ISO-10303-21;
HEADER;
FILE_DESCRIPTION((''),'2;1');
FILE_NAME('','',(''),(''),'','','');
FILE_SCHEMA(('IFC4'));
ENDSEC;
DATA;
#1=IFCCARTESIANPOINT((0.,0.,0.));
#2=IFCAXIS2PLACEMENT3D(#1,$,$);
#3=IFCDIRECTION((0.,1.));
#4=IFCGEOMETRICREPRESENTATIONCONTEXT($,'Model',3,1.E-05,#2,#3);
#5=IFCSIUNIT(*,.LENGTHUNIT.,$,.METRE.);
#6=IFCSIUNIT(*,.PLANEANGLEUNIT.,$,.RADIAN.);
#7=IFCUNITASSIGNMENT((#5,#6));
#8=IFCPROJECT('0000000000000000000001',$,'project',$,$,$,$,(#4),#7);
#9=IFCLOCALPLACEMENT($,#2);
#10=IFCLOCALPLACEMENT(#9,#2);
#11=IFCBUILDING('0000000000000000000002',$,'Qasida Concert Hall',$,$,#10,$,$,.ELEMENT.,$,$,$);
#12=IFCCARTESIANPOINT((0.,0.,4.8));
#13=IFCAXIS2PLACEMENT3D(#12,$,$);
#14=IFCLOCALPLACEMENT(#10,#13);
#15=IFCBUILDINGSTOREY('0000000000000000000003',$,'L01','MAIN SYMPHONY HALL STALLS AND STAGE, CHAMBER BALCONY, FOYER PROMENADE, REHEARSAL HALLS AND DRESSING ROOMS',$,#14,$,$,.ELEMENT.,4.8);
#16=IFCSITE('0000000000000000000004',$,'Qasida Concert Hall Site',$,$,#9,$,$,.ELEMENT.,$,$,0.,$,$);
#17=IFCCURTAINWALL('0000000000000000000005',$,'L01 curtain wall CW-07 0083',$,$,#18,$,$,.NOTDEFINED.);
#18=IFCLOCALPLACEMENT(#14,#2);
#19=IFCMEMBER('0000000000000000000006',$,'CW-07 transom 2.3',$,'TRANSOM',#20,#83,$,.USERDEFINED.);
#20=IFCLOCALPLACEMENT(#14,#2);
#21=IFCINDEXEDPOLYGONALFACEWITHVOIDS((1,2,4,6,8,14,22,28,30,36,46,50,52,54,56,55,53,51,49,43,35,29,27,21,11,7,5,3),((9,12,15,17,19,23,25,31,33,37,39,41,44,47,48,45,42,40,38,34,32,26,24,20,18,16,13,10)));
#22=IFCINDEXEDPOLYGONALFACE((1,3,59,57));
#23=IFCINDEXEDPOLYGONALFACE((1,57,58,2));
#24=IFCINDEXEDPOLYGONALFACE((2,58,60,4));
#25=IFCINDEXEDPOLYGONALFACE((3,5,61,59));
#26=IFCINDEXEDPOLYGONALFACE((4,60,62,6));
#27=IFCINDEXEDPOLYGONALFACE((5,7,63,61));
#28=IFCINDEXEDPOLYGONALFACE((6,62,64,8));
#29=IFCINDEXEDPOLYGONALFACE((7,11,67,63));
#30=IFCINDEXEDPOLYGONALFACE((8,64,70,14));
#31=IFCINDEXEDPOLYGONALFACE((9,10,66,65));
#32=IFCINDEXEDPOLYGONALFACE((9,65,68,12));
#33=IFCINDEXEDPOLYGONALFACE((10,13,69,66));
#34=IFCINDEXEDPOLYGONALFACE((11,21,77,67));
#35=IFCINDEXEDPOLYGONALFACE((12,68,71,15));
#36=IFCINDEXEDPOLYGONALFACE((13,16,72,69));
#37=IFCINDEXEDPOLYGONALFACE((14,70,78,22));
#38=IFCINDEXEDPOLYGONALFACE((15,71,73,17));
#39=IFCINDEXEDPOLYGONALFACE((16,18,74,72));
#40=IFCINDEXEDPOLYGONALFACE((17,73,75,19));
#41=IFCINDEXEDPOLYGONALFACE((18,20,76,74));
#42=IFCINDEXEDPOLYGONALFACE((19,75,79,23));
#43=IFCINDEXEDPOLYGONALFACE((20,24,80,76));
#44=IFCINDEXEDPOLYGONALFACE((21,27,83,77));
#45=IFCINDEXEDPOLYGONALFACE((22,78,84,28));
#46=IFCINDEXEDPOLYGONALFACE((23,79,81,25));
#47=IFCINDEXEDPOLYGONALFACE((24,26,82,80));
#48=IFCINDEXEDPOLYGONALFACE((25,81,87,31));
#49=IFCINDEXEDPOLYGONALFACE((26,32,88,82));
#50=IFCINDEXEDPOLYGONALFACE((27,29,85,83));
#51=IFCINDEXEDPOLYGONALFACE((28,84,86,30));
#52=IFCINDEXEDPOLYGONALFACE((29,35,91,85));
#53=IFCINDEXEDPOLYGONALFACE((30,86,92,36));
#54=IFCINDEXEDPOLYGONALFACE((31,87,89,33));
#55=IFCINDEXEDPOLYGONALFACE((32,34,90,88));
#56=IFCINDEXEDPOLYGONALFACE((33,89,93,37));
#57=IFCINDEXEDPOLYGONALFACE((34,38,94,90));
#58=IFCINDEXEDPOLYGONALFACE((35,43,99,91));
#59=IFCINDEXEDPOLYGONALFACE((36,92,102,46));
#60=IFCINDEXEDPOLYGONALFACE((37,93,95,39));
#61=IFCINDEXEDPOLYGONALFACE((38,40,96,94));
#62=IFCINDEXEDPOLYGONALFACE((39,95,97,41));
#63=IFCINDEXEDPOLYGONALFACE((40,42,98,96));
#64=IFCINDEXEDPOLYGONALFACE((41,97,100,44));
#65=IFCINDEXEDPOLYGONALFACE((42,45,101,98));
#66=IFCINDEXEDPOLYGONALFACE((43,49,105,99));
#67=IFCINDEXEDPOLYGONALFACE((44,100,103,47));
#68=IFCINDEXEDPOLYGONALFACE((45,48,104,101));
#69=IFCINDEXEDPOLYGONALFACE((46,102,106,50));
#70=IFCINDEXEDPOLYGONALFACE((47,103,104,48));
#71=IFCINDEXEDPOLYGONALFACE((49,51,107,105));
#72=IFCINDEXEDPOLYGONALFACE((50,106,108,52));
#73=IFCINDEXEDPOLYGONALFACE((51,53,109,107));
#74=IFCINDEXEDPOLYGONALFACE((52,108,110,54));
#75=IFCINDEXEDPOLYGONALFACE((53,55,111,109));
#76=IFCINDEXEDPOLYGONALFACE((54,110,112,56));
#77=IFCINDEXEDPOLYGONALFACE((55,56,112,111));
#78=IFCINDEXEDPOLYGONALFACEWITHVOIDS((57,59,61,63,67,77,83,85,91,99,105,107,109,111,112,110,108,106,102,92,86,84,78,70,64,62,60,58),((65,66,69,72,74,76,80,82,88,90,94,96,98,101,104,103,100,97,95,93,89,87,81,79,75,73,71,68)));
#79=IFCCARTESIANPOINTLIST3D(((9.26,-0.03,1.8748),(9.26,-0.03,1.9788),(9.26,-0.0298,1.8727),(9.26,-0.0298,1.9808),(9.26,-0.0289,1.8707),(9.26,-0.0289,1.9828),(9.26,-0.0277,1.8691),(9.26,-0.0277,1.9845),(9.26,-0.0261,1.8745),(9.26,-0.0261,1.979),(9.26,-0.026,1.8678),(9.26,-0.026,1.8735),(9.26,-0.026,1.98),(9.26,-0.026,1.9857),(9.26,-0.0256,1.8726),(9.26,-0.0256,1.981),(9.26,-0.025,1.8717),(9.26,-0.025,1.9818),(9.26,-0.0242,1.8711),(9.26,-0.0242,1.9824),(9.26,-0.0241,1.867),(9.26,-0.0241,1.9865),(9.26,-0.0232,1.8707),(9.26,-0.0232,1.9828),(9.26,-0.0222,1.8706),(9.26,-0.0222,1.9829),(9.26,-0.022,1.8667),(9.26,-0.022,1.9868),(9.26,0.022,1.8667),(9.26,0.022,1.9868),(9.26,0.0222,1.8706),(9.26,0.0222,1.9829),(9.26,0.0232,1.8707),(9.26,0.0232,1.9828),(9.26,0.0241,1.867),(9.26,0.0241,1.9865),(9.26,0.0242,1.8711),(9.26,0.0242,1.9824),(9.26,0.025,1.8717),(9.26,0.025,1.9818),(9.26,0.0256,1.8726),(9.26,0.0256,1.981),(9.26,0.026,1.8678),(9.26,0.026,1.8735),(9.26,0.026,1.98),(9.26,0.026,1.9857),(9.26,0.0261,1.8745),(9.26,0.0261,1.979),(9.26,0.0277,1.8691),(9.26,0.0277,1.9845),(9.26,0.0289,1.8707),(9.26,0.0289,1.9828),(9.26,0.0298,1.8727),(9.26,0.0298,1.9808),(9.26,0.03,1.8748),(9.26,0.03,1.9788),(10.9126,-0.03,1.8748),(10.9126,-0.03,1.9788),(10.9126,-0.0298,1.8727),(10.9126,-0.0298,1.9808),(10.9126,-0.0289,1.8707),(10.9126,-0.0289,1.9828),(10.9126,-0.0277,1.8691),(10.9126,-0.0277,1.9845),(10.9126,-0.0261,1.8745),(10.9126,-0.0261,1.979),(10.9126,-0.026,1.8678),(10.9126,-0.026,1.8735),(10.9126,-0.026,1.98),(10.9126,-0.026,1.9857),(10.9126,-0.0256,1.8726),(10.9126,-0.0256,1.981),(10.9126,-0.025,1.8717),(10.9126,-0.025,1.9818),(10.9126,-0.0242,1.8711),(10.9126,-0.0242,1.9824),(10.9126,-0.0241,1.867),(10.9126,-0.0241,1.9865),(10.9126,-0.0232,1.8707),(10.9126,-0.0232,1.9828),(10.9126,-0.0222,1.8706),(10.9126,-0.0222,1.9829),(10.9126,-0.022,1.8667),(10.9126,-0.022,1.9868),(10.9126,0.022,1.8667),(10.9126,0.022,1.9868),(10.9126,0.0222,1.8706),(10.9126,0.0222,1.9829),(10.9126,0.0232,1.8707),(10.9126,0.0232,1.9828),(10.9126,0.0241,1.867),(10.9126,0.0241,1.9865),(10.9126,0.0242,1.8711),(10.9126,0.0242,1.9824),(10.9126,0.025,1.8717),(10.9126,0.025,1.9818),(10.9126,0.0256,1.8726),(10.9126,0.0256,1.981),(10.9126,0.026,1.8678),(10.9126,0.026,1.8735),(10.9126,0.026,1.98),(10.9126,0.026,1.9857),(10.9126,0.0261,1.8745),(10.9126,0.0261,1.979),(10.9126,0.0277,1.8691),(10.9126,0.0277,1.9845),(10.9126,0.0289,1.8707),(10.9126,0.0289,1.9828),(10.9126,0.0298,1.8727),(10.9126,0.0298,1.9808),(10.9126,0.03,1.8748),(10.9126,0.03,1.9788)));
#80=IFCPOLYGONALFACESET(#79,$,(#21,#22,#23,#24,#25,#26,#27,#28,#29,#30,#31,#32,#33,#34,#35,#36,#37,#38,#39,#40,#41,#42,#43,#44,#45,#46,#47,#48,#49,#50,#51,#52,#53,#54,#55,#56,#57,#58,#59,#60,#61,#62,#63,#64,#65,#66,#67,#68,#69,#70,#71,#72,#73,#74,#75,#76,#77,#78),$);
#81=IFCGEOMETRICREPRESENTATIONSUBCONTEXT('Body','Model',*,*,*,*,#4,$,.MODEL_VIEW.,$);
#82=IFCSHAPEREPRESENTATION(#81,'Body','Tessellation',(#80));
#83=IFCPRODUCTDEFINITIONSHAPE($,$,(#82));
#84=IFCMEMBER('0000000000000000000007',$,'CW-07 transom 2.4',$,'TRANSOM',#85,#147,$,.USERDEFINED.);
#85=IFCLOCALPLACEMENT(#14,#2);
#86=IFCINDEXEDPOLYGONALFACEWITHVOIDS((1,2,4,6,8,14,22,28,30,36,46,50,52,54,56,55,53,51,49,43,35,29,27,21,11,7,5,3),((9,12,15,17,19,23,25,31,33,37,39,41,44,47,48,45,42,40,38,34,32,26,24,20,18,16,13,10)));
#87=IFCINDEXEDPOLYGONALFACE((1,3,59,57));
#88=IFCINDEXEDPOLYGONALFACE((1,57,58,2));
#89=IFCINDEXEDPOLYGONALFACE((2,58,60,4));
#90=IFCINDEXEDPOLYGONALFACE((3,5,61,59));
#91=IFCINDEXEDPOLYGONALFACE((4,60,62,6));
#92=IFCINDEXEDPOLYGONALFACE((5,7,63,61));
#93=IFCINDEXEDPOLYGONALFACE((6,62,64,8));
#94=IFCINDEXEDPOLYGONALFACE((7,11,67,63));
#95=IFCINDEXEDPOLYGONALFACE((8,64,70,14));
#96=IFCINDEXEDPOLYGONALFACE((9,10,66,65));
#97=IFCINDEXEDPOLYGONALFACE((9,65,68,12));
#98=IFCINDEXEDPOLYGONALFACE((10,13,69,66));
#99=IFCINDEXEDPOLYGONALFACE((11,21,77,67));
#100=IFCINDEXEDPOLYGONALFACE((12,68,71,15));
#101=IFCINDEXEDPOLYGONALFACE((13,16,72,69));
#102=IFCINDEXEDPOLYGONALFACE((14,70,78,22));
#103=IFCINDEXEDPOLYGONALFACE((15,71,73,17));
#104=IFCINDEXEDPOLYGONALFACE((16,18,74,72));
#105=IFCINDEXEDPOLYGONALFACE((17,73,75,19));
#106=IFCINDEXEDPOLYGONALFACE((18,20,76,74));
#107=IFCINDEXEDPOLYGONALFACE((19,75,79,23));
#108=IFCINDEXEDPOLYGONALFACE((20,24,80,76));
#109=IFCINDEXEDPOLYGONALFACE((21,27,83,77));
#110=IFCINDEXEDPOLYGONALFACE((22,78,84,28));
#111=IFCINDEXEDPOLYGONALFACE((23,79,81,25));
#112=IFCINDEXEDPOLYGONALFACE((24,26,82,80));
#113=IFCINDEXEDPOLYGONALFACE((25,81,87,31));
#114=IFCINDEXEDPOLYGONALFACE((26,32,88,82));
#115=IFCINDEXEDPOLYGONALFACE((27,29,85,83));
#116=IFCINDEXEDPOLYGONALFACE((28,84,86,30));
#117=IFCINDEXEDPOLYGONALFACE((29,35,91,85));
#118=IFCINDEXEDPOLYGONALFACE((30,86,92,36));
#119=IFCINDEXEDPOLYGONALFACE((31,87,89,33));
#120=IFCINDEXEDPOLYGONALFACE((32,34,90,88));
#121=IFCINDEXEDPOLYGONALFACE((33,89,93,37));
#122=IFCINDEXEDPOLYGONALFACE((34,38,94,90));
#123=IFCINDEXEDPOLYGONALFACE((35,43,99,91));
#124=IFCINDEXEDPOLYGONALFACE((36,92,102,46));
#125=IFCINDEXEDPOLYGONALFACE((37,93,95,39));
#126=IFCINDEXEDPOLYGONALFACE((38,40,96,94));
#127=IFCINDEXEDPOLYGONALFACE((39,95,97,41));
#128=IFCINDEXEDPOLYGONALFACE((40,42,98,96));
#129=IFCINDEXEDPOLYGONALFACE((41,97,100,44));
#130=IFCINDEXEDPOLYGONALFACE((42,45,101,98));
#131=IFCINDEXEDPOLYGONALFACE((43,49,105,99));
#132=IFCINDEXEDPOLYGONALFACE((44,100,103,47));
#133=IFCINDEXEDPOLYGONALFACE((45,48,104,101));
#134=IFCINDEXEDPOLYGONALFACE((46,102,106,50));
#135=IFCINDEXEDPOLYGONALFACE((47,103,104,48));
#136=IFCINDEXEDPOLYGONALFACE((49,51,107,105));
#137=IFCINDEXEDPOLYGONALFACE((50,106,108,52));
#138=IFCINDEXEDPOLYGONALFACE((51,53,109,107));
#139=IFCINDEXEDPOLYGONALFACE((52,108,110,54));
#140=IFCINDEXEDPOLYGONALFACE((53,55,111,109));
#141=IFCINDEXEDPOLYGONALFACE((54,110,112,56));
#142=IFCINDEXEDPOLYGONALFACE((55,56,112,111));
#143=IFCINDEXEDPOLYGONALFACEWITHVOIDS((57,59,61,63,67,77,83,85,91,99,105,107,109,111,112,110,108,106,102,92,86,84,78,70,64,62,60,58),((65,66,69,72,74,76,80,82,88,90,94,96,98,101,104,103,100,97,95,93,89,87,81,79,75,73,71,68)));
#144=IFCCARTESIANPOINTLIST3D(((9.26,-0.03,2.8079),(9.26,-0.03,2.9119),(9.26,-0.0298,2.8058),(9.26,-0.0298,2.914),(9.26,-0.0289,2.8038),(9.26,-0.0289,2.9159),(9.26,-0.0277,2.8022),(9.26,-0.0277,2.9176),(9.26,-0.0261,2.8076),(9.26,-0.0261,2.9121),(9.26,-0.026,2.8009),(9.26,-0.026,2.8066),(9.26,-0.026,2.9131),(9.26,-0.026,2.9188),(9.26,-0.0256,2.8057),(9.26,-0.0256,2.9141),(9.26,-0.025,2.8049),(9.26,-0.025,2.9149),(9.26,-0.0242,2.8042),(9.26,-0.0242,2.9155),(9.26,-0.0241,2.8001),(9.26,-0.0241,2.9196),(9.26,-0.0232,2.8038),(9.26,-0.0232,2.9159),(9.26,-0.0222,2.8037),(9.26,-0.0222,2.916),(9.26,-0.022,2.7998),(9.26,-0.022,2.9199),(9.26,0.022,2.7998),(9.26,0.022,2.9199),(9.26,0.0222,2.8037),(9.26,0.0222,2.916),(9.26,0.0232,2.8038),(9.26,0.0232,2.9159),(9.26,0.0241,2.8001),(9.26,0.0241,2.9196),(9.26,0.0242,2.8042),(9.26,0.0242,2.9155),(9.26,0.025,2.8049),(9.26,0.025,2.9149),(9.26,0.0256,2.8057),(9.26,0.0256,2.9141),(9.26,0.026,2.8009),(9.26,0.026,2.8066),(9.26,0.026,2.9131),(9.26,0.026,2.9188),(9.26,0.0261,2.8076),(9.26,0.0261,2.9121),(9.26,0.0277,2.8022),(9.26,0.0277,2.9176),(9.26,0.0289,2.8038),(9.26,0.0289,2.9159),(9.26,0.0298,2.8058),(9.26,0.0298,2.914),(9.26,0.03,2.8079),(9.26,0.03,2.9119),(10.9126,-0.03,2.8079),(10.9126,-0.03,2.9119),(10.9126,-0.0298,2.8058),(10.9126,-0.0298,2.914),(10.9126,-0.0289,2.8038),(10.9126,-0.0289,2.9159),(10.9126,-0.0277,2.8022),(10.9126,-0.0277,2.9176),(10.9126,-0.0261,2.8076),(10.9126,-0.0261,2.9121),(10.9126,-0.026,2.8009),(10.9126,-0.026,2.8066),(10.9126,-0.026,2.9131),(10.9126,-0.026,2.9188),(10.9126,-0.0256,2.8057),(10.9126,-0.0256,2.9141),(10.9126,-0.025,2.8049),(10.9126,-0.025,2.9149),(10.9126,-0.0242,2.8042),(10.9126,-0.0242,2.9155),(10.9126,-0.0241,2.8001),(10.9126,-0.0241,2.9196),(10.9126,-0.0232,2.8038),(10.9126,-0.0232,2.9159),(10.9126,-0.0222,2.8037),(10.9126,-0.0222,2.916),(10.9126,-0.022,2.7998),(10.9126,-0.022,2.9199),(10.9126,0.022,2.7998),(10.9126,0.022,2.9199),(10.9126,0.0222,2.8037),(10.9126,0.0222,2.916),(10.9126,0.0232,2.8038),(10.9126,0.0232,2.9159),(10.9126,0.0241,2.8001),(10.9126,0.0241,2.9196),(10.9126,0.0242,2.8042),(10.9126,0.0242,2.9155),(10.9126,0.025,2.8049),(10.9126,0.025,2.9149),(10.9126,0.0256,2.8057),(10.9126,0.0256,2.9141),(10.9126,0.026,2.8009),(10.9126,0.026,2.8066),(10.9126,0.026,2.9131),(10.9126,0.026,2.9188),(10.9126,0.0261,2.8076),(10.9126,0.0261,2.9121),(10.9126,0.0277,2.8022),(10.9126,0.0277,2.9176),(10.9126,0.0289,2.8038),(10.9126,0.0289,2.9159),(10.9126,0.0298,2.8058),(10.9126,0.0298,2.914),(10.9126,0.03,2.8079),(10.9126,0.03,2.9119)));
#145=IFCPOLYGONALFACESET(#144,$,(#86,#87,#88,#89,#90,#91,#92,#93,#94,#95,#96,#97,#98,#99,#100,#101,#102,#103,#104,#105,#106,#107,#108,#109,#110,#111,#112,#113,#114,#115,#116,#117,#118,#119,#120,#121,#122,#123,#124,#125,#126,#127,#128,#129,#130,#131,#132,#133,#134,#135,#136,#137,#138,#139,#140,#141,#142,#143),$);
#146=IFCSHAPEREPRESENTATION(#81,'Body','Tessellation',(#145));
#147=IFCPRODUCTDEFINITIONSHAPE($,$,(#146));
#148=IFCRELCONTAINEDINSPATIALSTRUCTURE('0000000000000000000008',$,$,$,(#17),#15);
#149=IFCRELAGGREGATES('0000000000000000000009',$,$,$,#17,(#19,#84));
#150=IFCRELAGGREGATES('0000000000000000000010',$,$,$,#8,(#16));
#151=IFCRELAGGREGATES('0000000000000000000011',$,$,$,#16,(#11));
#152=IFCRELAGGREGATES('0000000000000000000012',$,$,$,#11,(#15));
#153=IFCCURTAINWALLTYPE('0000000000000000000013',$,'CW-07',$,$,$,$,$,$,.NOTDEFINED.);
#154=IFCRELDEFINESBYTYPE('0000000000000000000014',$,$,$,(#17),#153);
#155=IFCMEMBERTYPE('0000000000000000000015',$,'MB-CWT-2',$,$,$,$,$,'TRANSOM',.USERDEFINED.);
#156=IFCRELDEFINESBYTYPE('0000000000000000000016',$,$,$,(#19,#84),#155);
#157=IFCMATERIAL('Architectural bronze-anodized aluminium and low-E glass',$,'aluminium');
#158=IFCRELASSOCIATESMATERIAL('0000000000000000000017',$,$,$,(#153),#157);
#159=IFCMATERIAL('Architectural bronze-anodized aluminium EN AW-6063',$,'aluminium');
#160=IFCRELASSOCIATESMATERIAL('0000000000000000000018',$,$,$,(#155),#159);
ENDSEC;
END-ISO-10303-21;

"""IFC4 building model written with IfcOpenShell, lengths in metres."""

from ifc_helpers import new_model, si_unit, direction, frame, origin, origin_2d, place, context, subcontext, project, spatial, hollow_rectangle, extrude, material, material_profile, profile_set, type_object, element, aggregate, save


model = new_model("IFC4")

# Units and contexts
model_context = context("Model", 3, precision=1e-05, world=origin(), true_north=direction((0.0, 1.0)))
body_context = subcontext(model_context, "Body", "Model", "MODEL_VIEW")
ifc_project = project(units=[si_unit("LENGTHUNIT", "METRE"), si_unit("PLANEANGLEUNIT", "RADIAN")], contexts=[model_context])

# Site, building, storey
site_placement = place(None, origin())
site = spatial("IfcSite", under=ifc_project, at=site_placement, Name="Qasida Concert Hall Site", CompositionType="ELEMENT", RefElevation=0.0)
building_placement = place(site_placement, origin())
building = spatial("IfcBuilding", under=site, at=building_placement, Name="Qasida Concert Hall", CompositionType="ELEMENT")
storey_placement = place(building_placement, frame((0.0, 0.0, 4.8)))
storey = spatial("IfcBuildingStorey", under=building, at=storey_placement, Name="L01", Description="MAIN SYMPHONY HALL STALLS AND STAGE, CHAMBER BALCONY, FOYER PROMENADE, REHEARSAL HALLS AND DRESSING ROOMS", CompositionType="ELEMENT", Elevation=4.8)

# Shared definitions
ifc_material_1 = material(Name="Architectural bronze-anodized aluminium and low-E glass", Category="aluminium")
curtain_wall_type = type_object("IfcCurtainWallType", Name="CW-07", PredefinedType="NOTDEFINED", material=ifc_material_1)
ifc_material_2 = material(Name="Architectural bronze-anodized aluminium EN AW-6063", Category="aluminium")

# Curtain wall, members
curtain_wall_1_placement = place(storey_placement, origin())
curtain_wall_1 = element("IfcCurtainWall", 1, at=curtain_wall_1_placement, inside=storey, type_object=curtain_wall_type, Name="L01 curtain wall CW-07 0083", PredefinedType="NOTDEFINED")
ifc_material_profile_1 = material_profile(ifc_material_2, hollow_rectangle(XDim=0.0601, YDim=0.1201, WallThickness=0.0039, InnerFilletRadius=0.0039, OuterFilletRadius=0.0081, at=origin_2d()), Name="CWT 120x60x4")
ifc_profile_set_1 = profile_set([ifc_material_profile_1], Name="Architectural bronze-anodized aluminium EN AW-6063")
member_type_1 = type_object("IfcMemberType", Name="MB-CWT-2", ElementType="TRANSOM", PredefinedType="USERDEFINED", material=ifc_profile_set_1)
member_1_placement = place(storey_placement, frame((9.26, 0.0, 1.9268), z_axis=(1.0, 0.0, 0.0), x_axis=(0.0, 1.0, 0.0)))
member_1 = element("IfcMember", 2, at=member_1_placement, type_object=member_type_1, Name="CW-07 transom 2.3", ObjectType="TRANSOM", PredefinedType="USERDEFINED", context=body_context, shape_type="SweptSolid", body=[
    extrude(hollow_rectangle(XDim=0.0601, YDim=0.1201, WallThickness=0.0039, InnerFilletRadius=0.0039, OuterFilletRadius=0.0081, at=origin_2d()), origin(), (0.0, 0.0, 1.0), 1.6526),
])
member_2_placement = place(storey_placement, frame((9.26, 0.0, 2.8599), z_axis=(1.0, 0.0, 0.0), x_axis=(0.0, 1.0, 0.0)))
member_2 = element("IfcMember", 3, at=member_2_placement, type_object=member_type_1, Name="CW-07 transom 2.4", ObjectType="TRANSOM", PredefinedType="USERDEFINED", context=body_context, shape_type="SweptSolid", body=[
    extrude(hollow_rectangle(XDim=0.0601, YDim=0.1201, WallThickness=0.0039, InnerFilletRadius=0.0039, OuterFilletRadius=0.0081, at=origin_2d()), origin(), (0.0, 0.0, 1.0), 1.6526),
])

aggregate(curtain_wall_1, [member_1, member_2])

save(model, "model.ifc")
